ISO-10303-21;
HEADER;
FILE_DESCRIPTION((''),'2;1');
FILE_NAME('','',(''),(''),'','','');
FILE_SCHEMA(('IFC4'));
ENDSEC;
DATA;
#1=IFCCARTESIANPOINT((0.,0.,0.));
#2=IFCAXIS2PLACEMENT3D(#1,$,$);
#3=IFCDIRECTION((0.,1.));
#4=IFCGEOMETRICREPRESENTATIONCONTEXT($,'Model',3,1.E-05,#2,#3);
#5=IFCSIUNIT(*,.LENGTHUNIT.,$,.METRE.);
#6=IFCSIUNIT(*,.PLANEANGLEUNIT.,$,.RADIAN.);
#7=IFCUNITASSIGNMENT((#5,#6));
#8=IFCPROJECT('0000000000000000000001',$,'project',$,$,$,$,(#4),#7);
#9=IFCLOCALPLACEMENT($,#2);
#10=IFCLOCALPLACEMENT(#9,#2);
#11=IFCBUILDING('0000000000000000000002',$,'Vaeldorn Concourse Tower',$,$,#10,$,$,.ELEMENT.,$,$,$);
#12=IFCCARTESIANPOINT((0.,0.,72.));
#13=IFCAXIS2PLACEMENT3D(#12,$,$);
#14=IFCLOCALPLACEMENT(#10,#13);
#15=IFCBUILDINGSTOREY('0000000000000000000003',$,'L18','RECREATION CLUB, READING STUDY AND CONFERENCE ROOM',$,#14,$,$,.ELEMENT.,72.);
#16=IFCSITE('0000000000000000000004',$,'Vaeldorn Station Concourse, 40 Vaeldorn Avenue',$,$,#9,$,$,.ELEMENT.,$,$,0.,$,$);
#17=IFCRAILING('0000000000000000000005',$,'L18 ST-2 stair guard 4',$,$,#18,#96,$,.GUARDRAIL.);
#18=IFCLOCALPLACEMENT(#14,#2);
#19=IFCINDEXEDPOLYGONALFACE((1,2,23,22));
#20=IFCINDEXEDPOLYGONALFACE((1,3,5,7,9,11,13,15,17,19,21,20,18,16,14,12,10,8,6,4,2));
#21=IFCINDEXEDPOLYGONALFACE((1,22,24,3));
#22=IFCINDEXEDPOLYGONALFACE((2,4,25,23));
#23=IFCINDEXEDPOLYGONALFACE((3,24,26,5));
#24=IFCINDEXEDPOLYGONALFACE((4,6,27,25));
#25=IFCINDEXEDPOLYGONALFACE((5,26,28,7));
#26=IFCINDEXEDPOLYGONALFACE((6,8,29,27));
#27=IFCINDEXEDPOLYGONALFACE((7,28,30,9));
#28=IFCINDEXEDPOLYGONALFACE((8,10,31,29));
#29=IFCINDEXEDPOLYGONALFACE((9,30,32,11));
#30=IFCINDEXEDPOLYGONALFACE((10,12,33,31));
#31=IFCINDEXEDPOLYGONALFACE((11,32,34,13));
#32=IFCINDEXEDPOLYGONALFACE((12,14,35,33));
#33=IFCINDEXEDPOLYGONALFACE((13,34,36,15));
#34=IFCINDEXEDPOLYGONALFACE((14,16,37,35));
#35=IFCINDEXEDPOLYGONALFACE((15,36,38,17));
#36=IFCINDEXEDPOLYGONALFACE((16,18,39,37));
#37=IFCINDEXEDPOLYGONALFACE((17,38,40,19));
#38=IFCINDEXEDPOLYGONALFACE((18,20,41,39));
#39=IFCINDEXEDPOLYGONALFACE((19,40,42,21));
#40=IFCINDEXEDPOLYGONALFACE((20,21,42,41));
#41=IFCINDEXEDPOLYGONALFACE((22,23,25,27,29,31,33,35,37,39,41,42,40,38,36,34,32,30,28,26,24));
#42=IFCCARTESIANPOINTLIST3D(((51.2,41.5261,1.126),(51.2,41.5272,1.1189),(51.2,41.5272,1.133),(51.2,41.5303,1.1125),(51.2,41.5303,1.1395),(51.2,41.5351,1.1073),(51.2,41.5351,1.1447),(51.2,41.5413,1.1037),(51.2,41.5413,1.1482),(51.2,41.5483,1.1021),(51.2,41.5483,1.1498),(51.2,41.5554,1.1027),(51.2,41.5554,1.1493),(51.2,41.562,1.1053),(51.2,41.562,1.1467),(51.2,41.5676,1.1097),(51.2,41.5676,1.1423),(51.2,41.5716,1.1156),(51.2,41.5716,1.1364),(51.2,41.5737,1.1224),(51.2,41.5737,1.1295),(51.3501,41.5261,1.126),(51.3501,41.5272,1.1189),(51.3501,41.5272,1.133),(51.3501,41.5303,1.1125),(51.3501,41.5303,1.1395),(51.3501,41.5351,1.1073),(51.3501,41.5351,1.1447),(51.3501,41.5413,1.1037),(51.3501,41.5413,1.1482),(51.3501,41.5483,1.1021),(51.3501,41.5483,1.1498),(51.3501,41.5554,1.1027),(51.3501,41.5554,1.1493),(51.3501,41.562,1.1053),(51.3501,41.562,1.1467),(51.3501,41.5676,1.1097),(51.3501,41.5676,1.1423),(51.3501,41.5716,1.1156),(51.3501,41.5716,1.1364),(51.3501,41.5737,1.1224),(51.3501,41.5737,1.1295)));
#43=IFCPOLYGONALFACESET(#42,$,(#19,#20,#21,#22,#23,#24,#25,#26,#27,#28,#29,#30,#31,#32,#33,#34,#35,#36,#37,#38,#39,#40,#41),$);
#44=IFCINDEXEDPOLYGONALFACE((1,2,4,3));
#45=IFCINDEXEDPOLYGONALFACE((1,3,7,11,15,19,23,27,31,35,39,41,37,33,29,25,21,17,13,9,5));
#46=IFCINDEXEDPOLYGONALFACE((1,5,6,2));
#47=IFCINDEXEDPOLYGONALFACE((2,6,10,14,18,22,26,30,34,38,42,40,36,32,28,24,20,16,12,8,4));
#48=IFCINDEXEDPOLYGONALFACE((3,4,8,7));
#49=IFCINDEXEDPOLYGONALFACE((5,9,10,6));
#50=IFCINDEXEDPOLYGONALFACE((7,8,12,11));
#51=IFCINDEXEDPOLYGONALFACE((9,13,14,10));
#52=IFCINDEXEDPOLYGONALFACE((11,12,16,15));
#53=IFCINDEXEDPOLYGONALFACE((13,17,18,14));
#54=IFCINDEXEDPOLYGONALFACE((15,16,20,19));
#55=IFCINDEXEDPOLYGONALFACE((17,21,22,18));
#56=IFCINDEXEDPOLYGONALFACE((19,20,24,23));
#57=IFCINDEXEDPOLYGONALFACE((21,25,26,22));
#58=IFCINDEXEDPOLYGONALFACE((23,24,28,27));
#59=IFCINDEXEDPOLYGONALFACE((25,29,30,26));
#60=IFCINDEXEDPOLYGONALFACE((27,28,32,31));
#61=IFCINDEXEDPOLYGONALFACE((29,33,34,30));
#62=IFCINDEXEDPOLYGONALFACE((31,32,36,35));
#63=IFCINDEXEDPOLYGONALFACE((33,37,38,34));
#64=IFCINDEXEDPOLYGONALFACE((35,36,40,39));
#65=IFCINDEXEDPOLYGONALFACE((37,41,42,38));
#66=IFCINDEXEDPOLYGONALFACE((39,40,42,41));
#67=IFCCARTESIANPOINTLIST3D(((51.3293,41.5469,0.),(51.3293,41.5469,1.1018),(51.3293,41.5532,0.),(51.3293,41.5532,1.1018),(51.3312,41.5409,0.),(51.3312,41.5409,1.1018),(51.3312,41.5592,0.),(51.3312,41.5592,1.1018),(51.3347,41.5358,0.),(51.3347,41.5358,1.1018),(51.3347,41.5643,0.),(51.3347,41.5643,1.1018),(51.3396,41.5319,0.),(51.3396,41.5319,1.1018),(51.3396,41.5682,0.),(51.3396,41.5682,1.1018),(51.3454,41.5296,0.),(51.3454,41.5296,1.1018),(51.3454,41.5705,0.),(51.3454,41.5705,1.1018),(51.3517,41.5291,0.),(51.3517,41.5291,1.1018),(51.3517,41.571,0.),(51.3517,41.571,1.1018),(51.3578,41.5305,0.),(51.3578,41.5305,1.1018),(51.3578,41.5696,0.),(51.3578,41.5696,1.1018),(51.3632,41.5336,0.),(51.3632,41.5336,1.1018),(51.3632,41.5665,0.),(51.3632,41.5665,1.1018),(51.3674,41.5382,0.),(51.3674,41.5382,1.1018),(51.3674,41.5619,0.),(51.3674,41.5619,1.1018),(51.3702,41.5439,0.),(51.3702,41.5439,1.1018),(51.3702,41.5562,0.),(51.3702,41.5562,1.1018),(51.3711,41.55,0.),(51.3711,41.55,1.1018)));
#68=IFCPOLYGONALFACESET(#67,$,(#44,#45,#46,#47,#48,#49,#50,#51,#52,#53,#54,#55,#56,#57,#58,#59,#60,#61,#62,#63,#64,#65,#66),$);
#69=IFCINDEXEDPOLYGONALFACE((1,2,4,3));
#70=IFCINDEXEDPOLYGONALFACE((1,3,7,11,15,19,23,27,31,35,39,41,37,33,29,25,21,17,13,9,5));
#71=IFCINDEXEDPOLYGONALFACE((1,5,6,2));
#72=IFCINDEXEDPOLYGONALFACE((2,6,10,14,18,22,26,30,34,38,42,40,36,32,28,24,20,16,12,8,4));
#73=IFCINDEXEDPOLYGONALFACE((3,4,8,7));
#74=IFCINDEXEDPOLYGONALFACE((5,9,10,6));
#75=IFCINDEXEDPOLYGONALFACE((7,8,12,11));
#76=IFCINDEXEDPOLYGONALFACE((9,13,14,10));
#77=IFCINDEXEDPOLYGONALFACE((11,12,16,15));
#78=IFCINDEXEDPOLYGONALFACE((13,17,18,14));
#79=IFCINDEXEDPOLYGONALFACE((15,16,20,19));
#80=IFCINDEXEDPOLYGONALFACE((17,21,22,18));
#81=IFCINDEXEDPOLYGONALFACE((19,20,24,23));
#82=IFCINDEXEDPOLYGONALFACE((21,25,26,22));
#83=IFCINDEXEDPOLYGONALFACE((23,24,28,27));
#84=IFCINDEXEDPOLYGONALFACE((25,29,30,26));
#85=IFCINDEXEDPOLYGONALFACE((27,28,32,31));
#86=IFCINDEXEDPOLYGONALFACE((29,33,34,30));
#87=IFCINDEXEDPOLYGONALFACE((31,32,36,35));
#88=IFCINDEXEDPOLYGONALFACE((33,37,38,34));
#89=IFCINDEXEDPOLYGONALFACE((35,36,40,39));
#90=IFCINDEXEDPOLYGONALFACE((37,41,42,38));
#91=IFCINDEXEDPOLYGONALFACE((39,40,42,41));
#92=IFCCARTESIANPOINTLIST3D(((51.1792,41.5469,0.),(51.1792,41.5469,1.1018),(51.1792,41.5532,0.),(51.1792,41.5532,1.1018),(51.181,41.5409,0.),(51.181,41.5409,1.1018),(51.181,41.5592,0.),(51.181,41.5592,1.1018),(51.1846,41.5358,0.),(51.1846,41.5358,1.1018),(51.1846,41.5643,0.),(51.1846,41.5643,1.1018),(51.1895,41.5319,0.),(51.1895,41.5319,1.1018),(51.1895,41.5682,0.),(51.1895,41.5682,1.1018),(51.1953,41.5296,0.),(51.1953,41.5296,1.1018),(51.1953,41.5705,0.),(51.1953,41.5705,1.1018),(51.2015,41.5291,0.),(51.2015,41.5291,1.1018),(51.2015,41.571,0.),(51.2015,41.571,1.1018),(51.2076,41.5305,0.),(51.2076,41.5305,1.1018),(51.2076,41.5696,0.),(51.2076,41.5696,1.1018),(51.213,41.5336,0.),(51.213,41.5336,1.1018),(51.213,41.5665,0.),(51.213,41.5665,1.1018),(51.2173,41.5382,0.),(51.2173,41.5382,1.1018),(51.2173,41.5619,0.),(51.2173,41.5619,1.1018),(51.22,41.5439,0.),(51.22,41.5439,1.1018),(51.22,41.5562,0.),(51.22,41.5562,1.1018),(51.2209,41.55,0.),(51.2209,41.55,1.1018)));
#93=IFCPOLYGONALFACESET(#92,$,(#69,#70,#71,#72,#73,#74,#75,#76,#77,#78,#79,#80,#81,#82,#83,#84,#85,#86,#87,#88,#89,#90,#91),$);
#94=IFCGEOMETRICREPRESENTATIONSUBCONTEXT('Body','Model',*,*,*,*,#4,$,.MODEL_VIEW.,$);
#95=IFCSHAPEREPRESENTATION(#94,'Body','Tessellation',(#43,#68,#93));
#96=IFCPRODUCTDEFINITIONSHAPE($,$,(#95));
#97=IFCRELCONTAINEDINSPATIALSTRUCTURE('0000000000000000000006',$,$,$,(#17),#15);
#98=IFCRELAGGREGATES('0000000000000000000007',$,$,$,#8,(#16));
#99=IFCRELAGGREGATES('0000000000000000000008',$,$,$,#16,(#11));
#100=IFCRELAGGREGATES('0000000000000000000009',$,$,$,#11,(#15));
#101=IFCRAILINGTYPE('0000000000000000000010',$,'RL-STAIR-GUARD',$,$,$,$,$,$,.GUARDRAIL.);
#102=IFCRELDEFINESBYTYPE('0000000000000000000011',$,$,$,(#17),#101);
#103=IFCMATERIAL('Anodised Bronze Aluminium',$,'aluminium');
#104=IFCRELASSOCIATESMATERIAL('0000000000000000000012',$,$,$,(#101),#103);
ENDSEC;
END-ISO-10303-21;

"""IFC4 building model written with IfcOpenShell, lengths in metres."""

from ifc_helpers import new_model, si_unit, direction, frame, origin, origin_2d, place, context, subcontext, project, spatial, circle, extrude, material, type_object, element, save


model = new_model("IFC4")

# Units and contexts
model_context = context("Model", 3, precision=1e-05, world=origin(), true_north=direction((0.0, 1.0)))
body_context = subcontext(model_context, "Body", "Model", "MODEL_VIEW")
ifc_project = project(units=[si_unit("LENGTHUNIT", "METRE"), si_unit("PLANEANGLEUNIT", "RADIAN")], contexts=[model_context])

# Site, building, storey
site_placement = place(None, origin())
site = spatial("IfcSite", under=ifc_project, at=site_placement, Name="Vaeldorn Station Concourse, 40 Vaeldorn Avenue", CompositionType="ELEMENT", RefElevation=0.0)
building_placement = place(site_placement, origin())
building = spatial("IfcBuilding", under=site, at=building_placement, Name="Vaeldorn Concourse Tower", CompositionType="ELEMENT")
storey_placement = place(building_placement, frame((0.0, 0.0, 72.0)))
storey = spatial("IfcBuildingStorey", under=building, at=storey_placement, Name="L18", Description="RECREATION CLUB, READING STUDY AND CONFERENCE ROOM", CompositionType="ELEMENT", Elevation=72.0)

# Shared definitions
ifc_material_1 = material(Name="Anodised Bronze Aluminium", Category="aluminium")

# Railing
railing_type_1 = type_object("IfcRailingType", Name="RL-STAIR-GUARD", PredefinedType="GUARDRAIL", material=ifc_material_1)
railing_1_placement = place(storey_placement, frame((51.3501, 41.55, 0.0)))
element("IfcRailing", 1, at=railing_1_placement, inside=storey, type_object=railing_type_1, Name="L18 ST-2 stair guard 4", PredefinedType="GUARDRAIL", context=body_context, shape_type="SweptSolid", body=[
    extrude(circle(Radius=0.0239, at=origin_2d()), frame((0.0, 0.0, 1.126), z_axis=(-1.0, 0.0, 0.0), x_axis=(0.0, -1.0, 0.0)), (0.0, 0.0, 1.0), 0.1501),
    extrude(circle(Radius=0.021, at=origin_2d()), origin(), (0.0, 0.0, 1.0), 1.1018),
    extrude(circle(Radius=0.021, at=origin_2d()), frame((-0.1501, 0.0, 0.0)), (0.0, 0.0, 1.0), 1.1018),
])

save(model, "model.ifc")
